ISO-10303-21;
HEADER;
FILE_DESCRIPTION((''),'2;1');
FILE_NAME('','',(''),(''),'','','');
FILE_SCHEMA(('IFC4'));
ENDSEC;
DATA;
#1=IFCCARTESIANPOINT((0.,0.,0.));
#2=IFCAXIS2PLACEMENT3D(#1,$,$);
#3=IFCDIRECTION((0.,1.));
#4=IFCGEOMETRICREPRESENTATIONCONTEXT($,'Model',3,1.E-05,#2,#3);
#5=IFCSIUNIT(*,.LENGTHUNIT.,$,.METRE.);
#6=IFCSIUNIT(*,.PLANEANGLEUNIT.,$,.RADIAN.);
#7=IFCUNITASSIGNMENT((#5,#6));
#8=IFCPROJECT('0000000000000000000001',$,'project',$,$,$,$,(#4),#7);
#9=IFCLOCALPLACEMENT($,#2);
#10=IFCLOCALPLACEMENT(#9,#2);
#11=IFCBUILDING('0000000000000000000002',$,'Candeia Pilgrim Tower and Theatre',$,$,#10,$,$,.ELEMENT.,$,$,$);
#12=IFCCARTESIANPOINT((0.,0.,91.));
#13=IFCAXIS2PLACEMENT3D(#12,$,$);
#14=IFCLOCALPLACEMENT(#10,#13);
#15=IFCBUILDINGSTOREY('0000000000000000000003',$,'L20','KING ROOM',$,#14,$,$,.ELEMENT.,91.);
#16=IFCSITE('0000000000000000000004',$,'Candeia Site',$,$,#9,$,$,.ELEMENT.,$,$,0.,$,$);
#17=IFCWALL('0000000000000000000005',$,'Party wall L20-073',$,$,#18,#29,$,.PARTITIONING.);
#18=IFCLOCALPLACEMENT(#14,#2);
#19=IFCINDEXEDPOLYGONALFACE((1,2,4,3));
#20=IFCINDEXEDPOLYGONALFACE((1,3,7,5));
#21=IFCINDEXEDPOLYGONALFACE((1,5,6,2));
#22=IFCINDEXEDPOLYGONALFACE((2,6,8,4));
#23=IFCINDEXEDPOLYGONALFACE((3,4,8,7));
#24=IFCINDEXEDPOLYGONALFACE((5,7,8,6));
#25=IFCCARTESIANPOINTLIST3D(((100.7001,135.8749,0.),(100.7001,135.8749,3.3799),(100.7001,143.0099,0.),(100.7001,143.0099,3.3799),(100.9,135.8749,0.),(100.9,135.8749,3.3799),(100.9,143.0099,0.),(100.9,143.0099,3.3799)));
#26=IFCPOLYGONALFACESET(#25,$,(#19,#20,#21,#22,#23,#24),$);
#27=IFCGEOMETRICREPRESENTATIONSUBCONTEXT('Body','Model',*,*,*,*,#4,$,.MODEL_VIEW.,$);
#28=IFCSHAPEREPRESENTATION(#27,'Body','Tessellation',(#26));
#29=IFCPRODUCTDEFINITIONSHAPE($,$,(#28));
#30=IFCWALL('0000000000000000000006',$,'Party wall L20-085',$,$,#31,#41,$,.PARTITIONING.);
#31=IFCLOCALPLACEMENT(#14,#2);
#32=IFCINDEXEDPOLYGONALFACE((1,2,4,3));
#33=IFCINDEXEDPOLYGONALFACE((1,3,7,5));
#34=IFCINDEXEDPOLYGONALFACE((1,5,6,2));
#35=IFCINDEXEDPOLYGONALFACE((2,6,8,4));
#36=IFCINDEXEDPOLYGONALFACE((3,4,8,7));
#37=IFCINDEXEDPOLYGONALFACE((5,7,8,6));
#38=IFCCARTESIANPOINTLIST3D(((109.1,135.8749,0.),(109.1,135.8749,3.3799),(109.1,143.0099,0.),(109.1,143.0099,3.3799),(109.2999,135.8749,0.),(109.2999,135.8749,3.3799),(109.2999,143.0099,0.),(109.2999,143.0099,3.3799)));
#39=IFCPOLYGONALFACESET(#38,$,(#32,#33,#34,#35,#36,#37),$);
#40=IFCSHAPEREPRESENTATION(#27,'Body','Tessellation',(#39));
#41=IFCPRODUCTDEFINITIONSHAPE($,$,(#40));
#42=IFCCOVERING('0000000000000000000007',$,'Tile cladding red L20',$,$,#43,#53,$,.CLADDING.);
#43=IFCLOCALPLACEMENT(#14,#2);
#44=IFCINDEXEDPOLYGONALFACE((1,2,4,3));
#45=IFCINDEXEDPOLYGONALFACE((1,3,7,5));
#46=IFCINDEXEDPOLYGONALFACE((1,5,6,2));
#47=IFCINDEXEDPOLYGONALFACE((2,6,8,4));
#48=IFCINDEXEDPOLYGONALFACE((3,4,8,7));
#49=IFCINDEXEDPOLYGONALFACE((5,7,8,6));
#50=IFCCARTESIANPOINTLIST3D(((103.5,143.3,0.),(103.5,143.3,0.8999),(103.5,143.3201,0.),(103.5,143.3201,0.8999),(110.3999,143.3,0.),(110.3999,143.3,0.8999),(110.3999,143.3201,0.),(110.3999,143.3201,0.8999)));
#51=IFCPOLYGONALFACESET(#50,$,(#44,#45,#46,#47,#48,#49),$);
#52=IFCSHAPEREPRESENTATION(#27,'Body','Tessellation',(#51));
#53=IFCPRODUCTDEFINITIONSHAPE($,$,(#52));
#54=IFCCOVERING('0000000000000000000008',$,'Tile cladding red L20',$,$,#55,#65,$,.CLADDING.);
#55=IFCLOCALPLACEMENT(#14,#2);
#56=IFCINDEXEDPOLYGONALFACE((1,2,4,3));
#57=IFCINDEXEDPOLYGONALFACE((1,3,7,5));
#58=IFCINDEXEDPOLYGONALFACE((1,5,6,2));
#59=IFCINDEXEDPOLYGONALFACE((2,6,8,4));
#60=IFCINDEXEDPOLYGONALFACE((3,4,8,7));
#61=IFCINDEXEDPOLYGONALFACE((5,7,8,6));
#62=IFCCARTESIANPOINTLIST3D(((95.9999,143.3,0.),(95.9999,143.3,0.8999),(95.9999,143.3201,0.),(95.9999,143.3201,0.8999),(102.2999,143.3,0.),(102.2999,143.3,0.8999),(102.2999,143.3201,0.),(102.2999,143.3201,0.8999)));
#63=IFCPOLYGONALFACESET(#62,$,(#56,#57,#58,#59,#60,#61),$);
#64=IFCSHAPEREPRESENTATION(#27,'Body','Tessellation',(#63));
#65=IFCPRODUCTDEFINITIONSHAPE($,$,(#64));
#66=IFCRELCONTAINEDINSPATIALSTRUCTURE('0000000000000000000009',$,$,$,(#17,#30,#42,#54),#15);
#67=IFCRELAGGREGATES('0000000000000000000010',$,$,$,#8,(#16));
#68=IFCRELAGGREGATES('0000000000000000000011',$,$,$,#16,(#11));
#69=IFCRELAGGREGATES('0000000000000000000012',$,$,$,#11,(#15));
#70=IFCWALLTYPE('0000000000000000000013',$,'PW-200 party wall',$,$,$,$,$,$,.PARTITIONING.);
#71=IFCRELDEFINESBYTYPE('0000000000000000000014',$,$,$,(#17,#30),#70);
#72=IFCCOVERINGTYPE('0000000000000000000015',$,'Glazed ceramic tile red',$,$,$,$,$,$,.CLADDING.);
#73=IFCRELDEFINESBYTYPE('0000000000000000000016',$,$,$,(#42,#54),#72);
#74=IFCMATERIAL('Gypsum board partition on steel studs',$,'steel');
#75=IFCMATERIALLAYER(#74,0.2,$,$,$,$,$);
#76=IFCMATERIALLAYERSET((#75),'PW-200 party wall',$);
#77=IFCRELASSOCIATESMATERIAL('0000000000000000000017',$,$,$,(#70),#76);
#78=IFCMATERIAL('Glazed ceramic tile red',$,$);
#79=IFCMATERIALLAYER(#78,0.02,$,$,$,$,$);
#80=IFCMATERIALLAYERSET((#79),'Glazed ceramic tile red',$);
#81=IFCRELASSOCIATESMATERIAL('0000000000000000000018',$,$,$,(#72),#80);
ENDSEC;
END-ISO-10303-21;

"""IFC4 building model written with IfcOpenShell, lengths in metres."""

from ifc_helpers import new_model, si_unit, direction, frame, frame_2d, origin, origin_2d, place, context, subcontext, project, spatial, rectangle, extrude, material, layer, layer_set, type_object, element, save


model = new_model("IFC4")

# Units and contexts
model_context = context("Model", 3, precision=1e-05, world=origin(), true_north=direction((0.0, 1.0)))
body_context = subcontext(model_context, "Body", "Model", "MODEL_VIEW")
ifc_project = project(units=[si_unit("LENGTHUNIT", "METRE"), si_unit("PLANEANGLEUNIT", "RADIAN")], contexts=[model_context])

# Site, building, storey
site_placement = place(None, origin())
site = spatial("IfcSite", under=ifc_project, at=site_placement, Name="Candeia Site", CompositionType="ELEMENT", RefElevation=0.0)
building_placement = place(site_placement, origin())
building = spatial("IfcBuilding", under=site, at=building_placement, Name="Candeia Pilgrim Tower and Theatre", CompositionType="ELEMENT")
storey_placement = place(building_placement, frame((0.0, 0.0, 91.0)))
storey = spatial("IfcBuildingStorey", under=building, at=storey_placement, Name="L20", Description="KING ROOM", CompositionType="ELEMENT", Elevation=91.0)

# Shared definitions
ifc_material_1 = material(Name="Gypsum board partition on steel studs", Category="steel")

# Walls
ifc_layer_1 = layer(ifc_material_1, 0.2)
ifc_layer_set_1 = layer_set([ifc_layer_1], Name="PW-200 party wall")
wall_type_1 = type_object("IfcWallType", Name="PW-200 party wall", PredefinedType="PARTITIONING", material=ifc_layer_set_1)
for number, where, z_axis, x_axis, name in (
    (1, (100.8, 135.875, 0.0), (0.0, 0.0, 1.0), (0.0, 1.0, 0.0), "Party wall L20-073"),
    (2, (109.2, 135.875, 0.0), (0.0, 0.0, 1.0), (0.0, 1.0, 0.0), "Party wall L20-085"),
):
    element("IfcWall", number, at=place(storey_placement, frame(where, z_axis=z_axis, x_axis=x_axis)), inside=storey, type_object=wall_type_1, Name=name, PredefinedType="PARTITIONING", context=body_context, shape_type="SweptSolid", body=[
        extrude(rectangle(XDim=7.135, YDim=0.2, at=frame_2d((3.5674, 0.0))), origin(), (0.0, 0.0, 1.0), 3.3799),
    ])

# Coverings
ifc_material_2 = material(Name="Glazed ceramic tile red")
ifc_layer_2 = layer(ifc_material_2, 0.02)
ifc_layer_set_2 = layer_set([ifc_layer_2], Name="Glazed ceramic tile red")
covering_type = type_object("IfcCoveringType", Name="Glazed ceramic tile red", PredefinedType="CLADDING", material=ifc_layer_set_2)
covering_1_placement = place(storey_placement, frame((106.95, 143.3101, 0.0), z_axis=(0.0, 0.0, 1.0), x_axis=(-1.0, 0.0, 0.0)))
element("IfcCovering", 3, at=covering_1_placement, inside=storey, type_object=covering_type, Name="Tile cladding red L20", PredefinedType="CLADDING", context=body_context, shape_type="SweptSolid", body=[
    extrude(rectangle(XDim=6.8999, YDim=0.02, at=origin_2d()), origin(), (0.0, 0.0, 1.0), 0.8999),
])
covering_2_placement = place(storey_placement, frame((99.1499, 143.3101, 0.0), z_axis=(0.0, 0.0, 1.0), x_axis=(-1.0, 0.0, 0.0)))
element("IfcCovering", 4, at=covering_2_placement, inside=storey, type_object=covering_type, Name="Tile cladding red L20", PredefinedType="CLADDING", context=body_context, shape_type="SweptSolid", body=[
    extrude(rectangle(XDim=6.3, YDim=0.02, at=origin_2d()), origin(), (0.0, 0.0, 1.0), 0.8999),
])

save(model, "model.ifc")
